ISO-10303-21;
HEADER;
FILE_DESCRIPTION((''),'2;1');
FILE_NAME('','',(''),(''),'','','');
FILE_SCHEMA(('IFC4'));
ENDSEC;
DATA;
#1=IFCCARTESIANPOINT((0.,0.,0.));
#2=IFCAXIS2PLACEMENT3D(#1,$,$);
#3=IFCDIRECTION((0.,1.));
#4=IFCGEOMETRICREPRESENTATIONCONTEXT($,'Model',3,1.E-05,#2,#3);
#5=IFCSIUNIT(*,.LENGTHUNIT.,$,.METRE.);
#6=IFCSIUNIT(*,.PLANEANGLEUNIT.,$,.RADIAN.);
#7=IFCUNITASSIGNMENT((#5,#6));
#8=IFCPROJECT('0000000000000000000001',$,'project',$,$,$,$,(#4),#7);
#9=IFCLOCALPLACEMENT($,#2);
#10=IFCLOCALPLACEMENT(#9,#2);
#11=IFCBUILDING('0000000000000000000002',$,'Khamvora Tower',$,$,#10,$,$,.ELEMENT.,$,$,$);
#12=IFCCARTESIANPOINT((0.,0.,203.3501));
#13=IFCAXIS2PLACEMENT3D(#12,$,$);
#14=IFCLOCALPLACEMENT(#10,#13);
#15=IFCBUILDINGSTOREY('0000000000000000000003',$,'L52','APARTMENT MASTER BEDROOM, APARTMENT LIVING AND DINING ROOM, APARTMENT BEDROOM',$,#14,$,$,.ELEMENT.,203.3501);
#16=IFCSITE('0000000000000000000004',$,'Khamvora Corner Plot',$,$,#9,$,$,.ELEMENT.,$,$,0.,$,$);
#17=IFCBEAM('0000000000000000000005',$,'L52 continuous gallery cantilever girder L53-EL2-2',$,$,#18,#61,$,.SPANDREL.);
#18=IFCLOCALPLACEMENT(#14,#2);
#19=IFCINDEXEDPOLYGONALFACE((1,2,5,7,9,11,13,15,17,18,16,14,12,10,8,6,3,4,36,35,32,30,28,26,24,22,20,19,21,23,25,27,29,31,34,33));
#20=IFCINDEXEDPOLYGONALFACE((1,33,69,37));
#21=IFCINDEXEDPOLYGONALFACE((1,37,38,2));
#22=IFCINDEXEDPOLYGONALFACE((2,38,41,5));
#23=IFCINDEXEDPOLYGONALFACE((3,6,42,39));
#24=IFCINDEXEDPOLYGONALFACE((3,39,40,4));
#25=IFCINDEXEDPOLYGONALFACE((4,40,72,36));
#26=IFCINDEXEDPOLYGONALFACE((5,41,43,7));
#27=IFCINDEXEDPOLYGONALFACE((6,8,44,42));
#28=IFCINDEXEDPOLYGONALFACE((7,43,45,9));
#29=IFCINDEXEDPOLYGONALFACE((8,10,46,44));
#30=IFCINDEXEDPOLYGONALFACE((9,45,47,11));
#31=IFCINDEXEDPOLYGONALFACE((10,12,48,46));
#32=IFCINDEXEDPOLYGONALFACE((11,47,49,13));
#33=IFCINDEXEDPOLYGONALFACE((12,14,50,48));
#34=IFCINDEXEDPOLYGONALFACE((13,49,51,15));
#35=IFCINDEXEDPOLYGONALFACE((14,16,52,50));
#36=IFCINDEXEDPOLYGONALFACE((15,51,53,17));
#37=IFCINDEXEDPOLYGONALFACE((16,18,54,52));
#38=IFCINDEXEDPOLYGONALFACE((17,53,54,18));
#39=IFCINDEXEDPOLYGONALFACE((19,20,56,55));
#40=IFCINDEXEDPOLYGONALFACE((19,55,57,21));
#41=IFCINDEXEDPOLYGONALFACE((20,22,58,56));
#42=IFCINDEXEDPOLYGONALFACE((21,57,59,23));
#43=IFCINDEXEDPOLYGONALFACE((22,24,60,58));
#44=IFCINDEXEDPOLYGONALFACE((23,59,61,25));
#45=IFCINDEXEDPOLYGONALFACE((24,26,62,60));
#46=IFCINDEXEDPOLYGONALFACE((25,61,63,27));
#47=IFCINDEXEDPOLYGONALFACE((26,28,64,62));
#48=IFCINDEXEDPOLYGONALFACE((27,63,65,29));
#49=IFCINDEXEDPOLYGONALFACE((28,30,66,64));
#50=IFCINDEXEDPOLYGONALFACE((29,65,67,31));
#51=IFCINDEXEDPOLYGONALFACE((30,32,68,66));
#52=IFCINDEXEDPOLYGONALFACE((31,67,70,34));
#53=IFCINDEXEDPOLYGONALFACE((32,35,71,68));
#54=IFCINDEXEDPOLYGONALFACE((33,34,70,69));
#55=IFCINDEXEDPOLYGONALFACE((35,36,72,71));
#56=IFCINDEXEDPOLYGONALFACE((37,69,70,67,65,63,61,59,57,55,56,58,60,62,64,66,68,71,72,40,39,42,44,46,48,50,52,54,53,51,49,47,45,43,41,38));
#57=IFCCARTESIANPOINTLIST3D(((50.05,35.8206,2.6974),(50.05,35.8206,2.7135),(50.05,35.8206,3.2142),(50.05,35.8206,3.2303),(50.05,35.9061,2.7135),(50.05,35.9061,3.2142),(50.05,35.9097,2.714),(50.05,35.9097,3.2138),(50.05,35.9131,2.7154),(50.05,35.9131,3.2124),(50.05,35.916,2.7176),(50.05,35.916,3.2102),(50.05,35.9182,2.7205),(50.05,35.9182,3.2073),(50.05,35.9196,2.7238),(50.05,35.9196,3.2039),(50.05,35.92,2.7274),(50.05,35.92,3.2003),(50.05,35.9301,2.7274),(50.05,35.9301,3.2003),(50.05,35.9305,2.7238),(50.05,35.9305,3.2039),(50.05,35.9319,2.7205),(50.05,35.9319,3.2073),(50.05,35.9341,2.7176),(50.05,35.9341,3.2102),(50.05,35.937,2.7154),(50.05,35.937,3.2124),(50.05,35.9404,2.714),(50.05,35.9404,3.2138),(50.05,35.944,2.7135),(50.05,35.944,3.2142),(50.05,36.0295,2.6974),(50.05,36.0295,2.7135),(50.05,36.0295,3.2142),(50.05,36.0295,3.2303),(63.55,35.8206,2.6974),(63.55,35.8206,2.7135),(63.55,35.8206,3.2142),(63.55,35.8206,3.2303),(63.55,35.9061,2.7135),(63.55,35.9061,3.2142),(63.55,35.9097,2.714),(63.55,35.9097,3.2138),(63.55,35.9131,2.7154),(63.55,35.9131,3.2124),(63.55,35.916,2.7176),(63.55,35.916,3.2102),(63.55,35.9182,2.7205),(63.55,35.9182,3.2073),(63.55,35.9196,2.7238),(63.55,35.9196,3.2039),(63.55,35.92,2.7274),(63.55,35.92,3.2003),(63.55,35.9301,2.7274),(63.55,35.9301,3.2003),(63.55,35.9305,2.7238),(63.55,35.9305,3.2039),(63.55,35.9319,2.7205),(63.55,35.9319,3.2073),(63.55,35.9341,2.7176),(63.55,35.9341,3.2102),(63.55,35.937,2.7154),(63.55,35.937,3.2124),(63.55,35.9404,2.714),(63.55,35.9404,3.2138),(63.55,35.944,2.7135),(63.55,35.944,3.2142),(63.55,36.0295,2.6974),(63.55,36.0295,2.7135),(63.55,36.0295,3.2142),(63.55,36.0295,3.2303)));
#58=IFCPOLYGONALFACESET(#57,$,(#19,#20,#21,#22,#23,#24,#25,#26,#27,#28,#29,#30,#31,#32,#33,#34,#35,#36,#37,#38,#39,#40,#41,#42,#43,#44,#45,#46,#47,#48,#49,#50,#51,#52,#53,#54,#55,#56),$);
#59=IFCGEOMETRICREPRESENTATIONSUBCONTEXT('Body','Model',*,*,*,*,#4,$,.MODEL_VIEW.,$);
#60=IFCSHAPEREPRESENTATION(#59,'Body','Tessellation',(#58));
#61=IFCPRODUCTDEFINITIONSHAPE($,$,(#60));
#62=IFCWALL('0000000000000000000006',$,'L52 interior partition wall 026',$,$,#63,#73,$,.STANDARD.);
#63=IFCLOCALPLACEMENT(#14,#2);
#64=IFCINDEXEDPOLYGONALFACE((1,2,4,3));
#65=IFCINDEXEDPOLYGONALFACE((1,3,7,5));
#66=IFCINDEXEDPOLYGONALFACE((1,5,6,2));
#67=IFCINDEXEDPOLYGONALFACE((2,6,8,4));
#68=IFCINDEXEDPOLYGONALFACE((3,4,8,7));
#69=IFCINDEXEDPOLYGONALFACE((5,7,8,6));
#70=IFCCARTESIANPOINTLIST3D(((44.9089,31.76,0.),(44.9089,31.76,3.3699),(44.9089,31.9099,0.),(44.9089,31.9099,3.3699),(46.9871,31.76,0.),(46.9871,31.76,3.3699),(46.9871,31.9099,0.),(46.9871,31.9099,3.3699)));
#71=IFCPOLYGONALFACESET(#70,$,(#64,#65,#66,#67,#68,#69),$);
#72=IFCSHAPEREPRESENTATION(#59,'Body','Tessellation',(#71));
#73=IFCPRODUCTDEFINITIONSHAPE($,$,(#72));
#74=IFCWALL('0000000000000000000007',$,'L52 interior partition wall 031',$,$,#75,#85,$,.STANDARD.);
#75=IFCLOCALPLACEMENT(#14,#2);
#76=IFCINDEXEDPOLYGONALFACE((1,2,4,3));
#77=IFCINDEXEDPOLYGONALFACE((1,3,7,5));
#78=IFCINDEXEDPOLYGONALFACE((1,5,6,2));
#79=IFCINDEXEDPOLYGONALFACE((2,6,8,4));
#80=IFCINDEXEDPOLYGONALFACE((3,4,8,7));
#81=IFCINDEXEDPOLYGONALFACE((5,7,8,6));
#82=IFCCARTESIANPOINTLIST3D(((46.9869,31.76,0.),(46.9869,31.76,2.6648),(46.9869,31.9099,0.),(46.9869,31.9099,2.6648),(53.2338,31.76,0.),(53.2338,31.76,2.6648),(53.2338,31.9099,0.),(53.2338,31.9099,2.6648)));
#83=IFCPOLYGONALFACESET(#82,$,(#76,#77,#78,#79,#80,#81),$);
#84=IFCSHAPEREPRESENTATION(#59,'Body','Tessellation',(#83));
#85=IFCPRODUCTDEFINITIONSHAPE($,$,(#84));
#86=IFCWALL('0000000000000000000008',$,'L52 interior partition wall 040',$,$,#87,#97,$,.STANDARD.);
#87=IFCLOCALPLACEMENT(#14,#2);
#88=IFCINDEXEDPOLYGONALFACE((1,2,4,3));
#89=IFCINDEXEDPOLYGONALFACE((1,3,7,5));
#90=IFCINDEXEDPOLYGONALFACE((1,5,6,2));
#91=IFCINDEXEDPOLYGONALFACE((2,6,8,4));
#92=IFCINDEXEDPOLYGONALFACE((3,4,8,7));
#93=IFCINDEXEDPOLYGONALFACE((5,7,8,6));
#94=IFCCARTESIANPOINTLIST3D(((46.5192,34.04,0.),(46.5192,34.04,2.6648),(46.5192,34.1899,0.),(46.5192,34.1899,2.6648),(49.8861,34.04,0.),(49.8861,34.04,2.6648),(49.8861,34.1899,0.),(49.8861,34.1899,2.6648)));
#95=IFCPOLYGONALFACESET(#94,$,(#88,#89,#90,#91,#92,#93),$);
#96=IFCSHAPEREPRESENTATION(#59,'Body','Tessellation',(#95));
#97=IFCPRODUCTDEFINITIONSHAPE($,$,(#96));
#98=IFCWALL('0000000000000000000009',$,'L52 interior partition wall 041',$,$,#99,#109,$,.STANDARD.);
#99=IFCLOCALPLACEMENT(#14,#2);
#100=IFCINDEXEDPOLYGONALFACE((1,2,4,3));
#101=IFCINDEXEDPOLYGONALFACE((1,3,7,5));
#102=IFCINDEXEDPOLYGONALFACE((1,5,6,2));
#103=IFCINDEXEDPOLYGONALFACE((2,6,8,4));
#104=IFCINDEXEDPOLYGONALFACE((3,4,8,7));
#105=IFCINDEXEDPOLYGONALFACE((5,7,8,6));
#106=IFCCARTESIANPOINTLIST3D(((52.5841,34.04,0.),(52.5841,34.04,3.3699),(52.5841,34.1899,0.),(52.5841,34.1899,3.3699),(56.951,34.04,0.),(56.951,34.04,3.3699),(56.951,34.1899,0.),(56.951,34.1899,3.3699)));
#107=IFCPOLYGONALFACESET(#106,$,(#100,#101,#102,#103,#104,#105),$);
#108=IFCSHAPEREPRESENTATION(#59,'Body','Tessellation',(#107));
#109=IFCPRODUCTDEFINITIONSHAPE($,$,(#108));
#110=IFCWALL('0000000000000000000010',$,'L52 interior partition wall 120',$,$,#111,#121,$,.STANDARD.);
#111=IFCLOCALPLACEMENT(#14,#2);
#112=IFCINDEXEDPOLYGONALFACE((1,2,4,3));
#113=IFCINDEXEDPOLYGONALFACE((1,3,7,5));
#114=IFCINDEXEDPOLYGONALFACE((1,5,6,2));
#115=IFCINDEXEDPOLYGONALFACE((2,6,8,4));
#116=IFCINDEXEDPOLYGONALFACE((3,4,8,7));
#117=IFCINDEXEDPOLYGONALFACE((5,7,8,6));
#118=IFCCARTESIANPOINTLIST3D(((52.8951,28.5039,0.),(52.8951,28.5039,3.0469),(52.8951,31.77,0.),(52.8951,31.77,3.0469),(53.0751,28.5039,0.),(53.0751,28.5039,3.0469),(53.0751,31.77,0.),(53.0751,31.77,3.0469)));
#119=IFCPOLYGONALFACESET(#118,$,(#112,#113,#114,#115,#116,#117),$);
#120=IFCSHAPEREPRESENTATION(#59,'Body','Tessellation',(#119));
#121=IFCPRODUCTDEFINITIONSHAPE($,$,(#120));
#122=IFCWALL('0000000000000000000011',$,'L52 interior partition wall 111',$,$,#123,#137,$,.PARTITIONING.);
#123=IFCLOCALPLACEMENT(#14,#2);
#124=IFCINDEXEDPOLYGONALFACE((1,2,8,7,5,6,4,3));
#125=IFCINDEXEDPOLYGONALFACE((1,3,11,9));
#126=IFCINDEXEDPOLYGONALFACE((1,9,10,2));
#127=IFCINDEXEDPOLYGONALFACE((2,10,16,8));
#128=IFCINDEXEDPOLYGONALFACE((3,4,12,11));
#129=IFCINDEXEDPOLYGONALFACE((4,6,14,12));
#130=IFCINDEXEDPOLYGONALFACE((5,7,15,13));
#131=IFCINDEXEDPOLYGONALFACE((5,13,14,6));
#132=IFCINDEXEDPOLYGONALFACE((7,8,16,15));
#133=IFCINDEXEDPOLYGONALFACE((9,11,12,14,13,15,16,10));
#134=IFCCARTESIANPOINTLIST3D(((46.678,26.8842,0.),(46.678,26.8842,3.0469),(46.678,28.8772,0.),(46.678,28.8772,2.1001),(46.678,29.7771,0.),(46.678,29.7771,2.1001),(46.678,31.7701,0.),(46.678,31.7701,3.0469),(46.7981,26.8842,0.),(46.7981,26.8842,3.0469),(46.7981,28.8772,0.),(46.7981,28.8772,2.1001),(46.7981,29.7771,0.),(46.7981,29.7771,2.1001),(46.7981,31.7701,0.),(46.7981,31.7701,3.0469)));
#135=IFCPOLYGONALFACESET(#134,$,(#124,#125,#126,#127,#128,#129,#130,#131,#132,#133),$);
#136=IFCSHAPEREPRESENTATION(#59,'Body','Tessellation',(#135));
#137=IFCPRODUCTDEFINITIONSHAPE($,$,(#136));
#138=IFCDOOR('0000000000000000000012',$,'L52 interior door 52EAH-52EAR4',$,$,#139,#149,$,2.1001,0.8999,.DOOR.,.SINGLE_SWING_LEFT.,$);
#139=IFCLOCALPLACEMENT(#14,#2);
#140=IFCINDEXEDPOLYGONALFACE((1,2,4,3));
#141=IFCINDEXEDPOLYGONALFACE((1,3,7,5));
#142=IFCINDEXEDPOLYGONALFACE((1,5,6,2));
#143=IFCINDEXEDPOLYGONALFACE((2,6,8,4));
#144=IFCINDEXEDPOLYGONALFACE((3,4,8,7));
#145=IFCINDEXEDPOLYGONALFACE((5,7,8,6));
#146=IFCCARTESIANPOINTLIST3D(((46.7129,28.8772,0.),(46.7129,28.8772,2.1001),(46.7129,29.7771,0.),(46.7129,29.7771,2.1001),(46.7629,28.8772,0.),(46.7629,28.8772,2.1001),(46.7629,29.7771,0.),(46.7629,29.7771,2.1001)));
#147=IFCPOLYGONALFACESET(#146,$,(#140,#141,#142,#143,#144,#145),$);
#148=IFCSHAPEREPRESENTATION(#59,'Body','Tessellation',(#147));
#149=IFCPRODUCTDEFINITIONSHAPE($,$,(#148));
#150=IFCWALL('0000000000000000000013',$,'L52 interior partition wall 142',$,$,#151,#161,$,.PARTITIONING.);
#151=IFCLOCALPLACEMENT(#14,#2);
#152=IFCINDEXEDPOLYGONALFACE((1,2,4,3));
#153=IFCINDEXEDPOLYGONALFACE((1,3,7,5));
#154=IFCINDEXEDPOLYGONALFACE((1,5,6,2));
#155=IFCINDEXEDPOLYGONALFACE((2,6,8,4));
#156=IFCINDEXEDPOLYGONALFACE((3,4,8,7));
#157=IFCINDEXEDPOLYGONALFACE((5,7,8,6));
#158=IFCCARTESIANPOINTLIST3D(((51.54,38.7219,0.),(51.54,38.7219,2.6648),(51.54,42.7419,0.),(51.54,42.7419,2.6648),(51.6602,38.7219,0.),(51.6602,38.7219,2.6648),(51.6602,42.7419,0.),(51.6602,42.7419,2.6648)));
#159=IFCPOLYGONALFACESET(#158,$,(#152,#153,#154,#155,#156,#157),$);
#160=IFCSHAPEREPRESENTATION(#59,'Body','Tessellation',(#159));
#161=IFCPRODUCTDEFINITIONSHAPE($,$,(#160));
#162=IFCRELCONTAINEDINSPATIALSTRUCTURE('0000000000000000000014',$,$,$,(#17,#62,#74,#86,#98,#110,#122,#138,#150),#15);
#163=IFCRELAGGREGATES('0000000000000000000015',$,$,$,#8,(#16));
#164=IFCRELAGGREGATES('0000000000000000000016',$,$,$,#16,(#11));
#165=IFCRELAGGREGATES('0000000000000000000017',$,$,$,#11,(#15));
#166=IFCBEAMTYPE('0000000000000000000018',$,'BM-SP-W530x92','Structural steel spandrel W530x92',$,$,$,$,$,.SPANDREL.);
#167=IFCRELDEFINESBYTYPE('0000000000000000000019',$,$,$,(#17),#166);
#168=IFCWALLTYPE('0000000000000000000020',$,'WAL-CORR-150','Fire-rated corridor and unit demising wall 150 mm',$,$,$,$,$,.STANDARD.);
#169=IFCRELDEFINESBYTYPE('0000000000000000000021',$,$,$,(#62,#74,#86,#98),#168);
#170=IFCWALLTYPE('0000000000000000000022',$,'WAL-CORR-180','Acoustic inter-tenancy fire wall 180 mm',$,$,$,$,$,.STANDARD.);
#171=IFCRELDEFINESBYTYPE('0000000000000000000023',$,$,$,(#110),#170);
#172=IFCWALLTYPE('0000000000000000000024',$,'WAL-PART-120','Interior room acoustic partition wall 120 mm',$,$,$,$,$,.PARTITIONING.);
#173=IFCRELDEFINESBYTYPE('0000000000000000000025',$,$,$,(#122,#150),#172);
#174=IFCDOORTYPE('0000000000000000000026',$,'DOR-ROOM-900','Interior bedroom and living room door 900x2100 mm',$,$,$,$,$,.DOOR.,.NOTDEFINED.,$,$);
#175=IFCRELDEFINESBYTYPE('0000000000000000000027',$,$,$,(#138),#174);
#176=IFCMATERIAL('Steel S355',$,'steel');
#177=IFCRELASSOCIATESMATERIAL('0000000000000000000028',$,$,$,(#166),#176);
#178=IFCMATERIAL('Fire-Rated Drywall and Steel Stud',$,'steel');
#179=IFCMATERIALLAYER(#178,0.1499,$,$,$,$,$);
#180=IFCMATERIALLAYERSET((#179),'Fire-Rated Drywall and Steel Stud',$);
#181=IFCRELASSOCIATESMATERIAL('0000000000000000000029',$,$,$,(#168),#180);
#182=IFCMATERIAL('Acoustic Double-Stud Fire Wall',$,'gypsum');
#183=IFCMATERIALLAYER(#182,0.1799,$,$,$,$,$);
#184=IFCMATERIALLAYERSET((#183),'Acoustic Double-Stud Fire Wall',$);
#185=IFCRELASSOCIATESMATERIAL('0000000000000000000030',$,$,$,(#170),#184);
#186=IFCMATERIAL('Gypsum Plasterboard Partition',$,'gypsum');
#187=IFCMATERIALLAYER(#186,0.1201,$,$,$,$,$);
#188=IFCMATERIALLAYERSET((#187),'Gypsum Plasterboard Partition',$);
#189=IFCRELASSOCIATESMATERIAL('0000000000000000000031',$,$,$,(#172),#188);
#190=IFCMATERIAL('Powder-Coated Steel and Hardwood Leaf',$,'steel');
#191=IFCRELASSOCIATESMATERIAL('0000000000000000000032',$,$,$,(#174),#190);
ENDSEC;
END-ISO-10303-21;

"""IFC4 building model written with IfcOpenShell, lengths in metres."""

from ifc_helpers import new_model, si_unit, direction, frame, frame_2d, origin, origin_2d, place, context, subcontext, project, spatial, rectangle, i_section, extrude, material, layer, layer_set, material_profile, profile_set, type_object, element, fill, save


model = new_model("IFC4")

# Units and contexts
model_context = context("Model", 3, precision=1e-05, world=origin(), true_north=direction((0.0, 1.0)))
body_context = subcontext(model_context, "Body", "Model", "MODEL_VIEW")
ifc_project = project(units=[si_unit("LENGTHUNIT", "METRE"), si_unit("PLANEANGLEUNIT", "RADIAN")], contexts=[model_context])

# Site, building, storey
site_placement = place(None, origin())
site = spatial("IfcSite", under=ifc_project, at=site_placement, Name="Khamvora Corner Plot", CompositionType="ELEMENT", RefElevation=0.0)
building_placement = place(site_placement, origin())
building = spatial("IfcBuilding", under=site, at=building_placement, Name="Khamvora Tower", CompositionType="ELEMENT")
storey_placement = place(building_placement, frame((0.0, 0.0, 203.3501)))
storey = spatial("IfcBuildingStorey", under=building, at=storey_placement, Name="L52", Description="APARTMENT MASTER BEDROOM, APARTMENT LIVING AND DINING ROOM, APARTMENT BEDROOM", CompositionType="ELEMENT", Elevation=203.3501)

# Shared definitions
ifc_material_1 = material(Name="Steel S355", Category="steel")

# Beam
ifc_material_profile_1 = material_profile(ifc_material_1, i_section(OverallWidth=0.209, OverallDepth=0.533, WebThickness=0.01, FlangeThickness=0.0161, FilletRadius=0.0139, at=origin_2d()), Name="W530x92")
ifc_profile_set_1 = profile_set([ifc_material_profile_1], Name="Steel S355")
beam_type_1 = type_object("IfcBeamType", Name="BM-SP-W530x92", Description="Structural steel spandrel W530x92", PredefinedType="SPANDREL", material=ifc_profile_set_1)
for number, where, z_axis, x_axis, name in (
    (1, (50.05, 35.925, 2.9639), (1.0, 0.0, 0.0), (0.0, 1.0, 0.0), "L52 continuous gallery cantilever girder L53-EL2-2"),
):
    element("IfcBeam", number, at=place(storey_placement, frame(where, z_axis=z_axis, x_axis=x_axis)), inside=storey, type_object=beam_type_1, Name=name, PredefinedType="SPANDREL", context=body_context, shape_type="SweptSolid", body=[
        extrude(i_section(OverallWidth=0.209, OverallDepth=0.533, WebThickness=0.01, FlangeThickness=0.0161, FilletRadius=0.0139, at=origin_2d()), origin(), (0.0, 0.0, 1.0), 13.5),
    ])

# Walls
ifc_material_2 = material(Name="Fire-Rated Drywall and Steel Stud", Category="steel")
ifc_layer_1 = layer(ifc_material_2, 0.1499)
ifc_layer_set_1 = layer_set([ifc_layer_1], Name="Fire-Rated Drywall and Steel Stud")
wall_type_1 = type_object("IfcWallType", Name="WAL-CORR-150", Description="Fire-rated corridor and unit demising wall 150 mm", PredefinedType="STANDARD", material=ifc_layer_set_1)
wall_1_placement = place(storey_placement, frame((46.9871, 31.835, 0.0), z_axis=(0.0, 0.0, 1.0), x_axis=(-1.0, 0.0, 0.0)))
element("IfcWall", 2, at=wall_1_placement, inside=storey, type_object=wall_type_1, Name="L52 interior partition wall 026", PredefinedType="STANDARD", context=body_context, shape_type="SweptSolid", body=[
    extrude(rectangle(XDim=2.0781, YDim=0.1499, at=frame_2d((1.0391, 0.0))), origin(), (0.0, 0.0, 1.0), 3.3699),
])
wall_2_placement = place(storey_placement, frame((53.2339, 31.835, 0.0), z_axis=(0.0, 0.0, 1.0), x_axis=(-1.0, 0.0, 0.0)))
element("IfcWall", 3, at=wall_2_placement, inside=storey, type_object=wall_type_1, Name="L52 interior partition wall 031", PredefinedType="STANDARD", context=body_context, shape_type="SweptSolid", body=[
    extrude(rectangle(XDim=6.2468, YDim=0.1499, at=frame_2d((3.1235, 0.0))), origin(), (0.0, 0.0, 1.0), 2.6648),
])

# Shared definitions
ifc_material_3 = material(Name="Powder-Coated Steel and Hardwood Leaf", Category="steel")

# Walls
wall_3_placement = place(storey_placement, frame((46.519, 34.115, 0.0), z_axis=(0.0, 0.0, 1.0), x_axis=(1.0, 0.0, 0.0)))
element("IfcWall", 4, at=wall_3_placement, inside=storey, type_object=wall_type_1, Name="L52 interior partition wall 040", PredefinedType="STANDARD", context=body_context, shape_type="SweptSolid", body=[
    extrude(rectangle(XDim=3.3669, YDim=0.1499, at=frame_2d((1.6836, 0.0))), origin(), (0.0, 0.0, 1.0), 2.6648),
])
wall_4_placement = place(storey_placement, frame((52.584, 34.115, 0.0), z_axis=(0.0, 0.0, 1.0), x_axis=(1.0, 0.0, 0.0)))
element("IfcWall", 5, at=wall_4_placement, inside=storey, type_object=wall_type_1, Name="L52 interior partition wall 041", PredefinedType="STANDARD", context=body_context, shape_type="SweptSolid", body=[
    extrude(rectangle(XDim=4.3669, YDim=0.1499, at=frame_2d((2.1836, 0.0))), origin(), (0.0, 0.0, 1.0), 3.3699),
])
ifc_material_4 = material(Name="Acoustic Double-Stud Fire Wall", Category="gypsum")
ifc_layer_2 = layer(ifc_material_4, 0.1799)
ifc_layer_set_2 = layer_set([ifc_layer_2], Name="Acoustic Double-Stud Fire Wall")
wall_type_2 = type_object("IfcWallType", Name="WAL-CORR-180", Description="Acoustic inter-tenancy fire wall 180 mm", PredefinedType="STANDARD", material=ifc_layer_set_2)
wall_5_placement = place(storey_placement, frame((52.9851, 31.77, 0.0), z_axis=(0.0, 0.0, 1.0), x_axis=(0.0, -1.0, 0.0)))
element("IfcWall", 6, at=wall_5_placement, inside=storey, type_object=wall_type_2, Name="L52 interior partition wall 120", PredefinedType="STANDARD", context=body_context, shape_type="SweptSolid", body=[
    extrude(rectangle(XDim=3.2661, YDim=0.1799, at=frame_2d((1.6331, 0.0))), origin(), (0.0, 0.0, 1.0), 3.0469),
])

# Wall, opening, door
ifc_material_5 = material(Name="Gypsum Plasterboard Partition", Category="gypsum")
ifc_layer_3 = layer(ifc_material_5, 0.1201)
ifc_layer_set_3 = layer_set([ifc_layer_3], Name="Gypsum Plasterboard Partition")
wall_type_3 = type_object("IfcWallType", Name="WAL-PART-120", Description="Interior room acoustic partition wall 120 mm", PredefinedType="PARTITIONING", material=ifc_layer_set_3)
wall_6_placement = place(storey_placement, frame((46.738, 31.77, 0.0), z_axis=(0.0, 0.0, 1.0), x_axis=(0.0, -1.0, 0.0)))
wall_6 = element("IfcWall", 7, at=wall_6_placement, inside=storey, type_object=wall_type_3, Name="L52 interior partition wall 111", PredefinedType="PARTITIONING", context=body_context, shape_type="SweptSolid", body=[
    extrude(rectangle(XDim=4.886, YDim=0.1201, at=frame_2d((2.4429, 0.0))), origin(), (0.0, 0.0, 1.0), 3.0469),
])
opening_1_placement = place(wall_6_placement, frame((1.9929, 0.0, 0.0)))
opening_1 = element("IfcOpeningElement", 8, at=opening_1_placement, cuts=wall_6, PredefinedType="OPENING", context=body_context, shape_type="SweptSolid", body=[
    extrude(rectangle(XDim=0.8999, YDim=2.1001, at=frame_2d((0.45, 1.05))), frame((0.0, 0.0701, 0.0), z_axis=(0.0, -1.0, 0.0), x_axis=(1.0, 0.0, 0.0)), (0.0, 0.0, 1.0), 0.1401),
])
door_type_1 = type_object("IfcDoorType", Name="DOR-ROOM-900", Description="Interior bedroom and living room door 900x2100 mm", OperationType="NOTDEFINED", PredefinedType="DOOR", material=ifc_material_3)
door_1_placement = place(opening_1_placement, origin())
door_1 = element("IfcDoor", 9, at=door_1_placement, inside=storey, type_object=door_type_1, Name="L52 interior door 52EAH-52EAR4", OperationType="SINGLE_SWING_LEFT", OverallHeight=2.1001, OverallWidth=0.8999, PredefinedType="DOOR", context=body_context, shape_type="SweptSolid", body=[
    extrude(rectangle(XDim=0.8999, YDim=2.1001, at=frame_2d((0.45, 1.05))), frame((0.0, 0.0249, 0.0), z_axis=(0.0, -1.0, 0.0), x_axis=(1.0, 0.0, 0.0)), (0.0, 0.0, 1.0), 0.05),
])
fill(opening_1, door_1)

# Wall
wall_7_placement = place(storey_placement, frame((51.6001, 38.7219, 0.0), z_axis=(0.0, 0.0, 1.0), x_axis=(0.0, 1.0, 0.0)))
element("IfcWall", 10, at=wall_7_placement, inside=storey, type_object=wall_type_3, Name="L52 interior partition wall 142", PredefinedType="PARTITIONING", context=body_context, shape_type="SweptSolid", body=[
    extrude(rectangle(XDim=4.02, YDim=0.1201, at=frame_2d((2.01, 0.0))), origin(), (0.0, 0.0, 1.0), 2.6648),
])

save(model, "model.ifc")
